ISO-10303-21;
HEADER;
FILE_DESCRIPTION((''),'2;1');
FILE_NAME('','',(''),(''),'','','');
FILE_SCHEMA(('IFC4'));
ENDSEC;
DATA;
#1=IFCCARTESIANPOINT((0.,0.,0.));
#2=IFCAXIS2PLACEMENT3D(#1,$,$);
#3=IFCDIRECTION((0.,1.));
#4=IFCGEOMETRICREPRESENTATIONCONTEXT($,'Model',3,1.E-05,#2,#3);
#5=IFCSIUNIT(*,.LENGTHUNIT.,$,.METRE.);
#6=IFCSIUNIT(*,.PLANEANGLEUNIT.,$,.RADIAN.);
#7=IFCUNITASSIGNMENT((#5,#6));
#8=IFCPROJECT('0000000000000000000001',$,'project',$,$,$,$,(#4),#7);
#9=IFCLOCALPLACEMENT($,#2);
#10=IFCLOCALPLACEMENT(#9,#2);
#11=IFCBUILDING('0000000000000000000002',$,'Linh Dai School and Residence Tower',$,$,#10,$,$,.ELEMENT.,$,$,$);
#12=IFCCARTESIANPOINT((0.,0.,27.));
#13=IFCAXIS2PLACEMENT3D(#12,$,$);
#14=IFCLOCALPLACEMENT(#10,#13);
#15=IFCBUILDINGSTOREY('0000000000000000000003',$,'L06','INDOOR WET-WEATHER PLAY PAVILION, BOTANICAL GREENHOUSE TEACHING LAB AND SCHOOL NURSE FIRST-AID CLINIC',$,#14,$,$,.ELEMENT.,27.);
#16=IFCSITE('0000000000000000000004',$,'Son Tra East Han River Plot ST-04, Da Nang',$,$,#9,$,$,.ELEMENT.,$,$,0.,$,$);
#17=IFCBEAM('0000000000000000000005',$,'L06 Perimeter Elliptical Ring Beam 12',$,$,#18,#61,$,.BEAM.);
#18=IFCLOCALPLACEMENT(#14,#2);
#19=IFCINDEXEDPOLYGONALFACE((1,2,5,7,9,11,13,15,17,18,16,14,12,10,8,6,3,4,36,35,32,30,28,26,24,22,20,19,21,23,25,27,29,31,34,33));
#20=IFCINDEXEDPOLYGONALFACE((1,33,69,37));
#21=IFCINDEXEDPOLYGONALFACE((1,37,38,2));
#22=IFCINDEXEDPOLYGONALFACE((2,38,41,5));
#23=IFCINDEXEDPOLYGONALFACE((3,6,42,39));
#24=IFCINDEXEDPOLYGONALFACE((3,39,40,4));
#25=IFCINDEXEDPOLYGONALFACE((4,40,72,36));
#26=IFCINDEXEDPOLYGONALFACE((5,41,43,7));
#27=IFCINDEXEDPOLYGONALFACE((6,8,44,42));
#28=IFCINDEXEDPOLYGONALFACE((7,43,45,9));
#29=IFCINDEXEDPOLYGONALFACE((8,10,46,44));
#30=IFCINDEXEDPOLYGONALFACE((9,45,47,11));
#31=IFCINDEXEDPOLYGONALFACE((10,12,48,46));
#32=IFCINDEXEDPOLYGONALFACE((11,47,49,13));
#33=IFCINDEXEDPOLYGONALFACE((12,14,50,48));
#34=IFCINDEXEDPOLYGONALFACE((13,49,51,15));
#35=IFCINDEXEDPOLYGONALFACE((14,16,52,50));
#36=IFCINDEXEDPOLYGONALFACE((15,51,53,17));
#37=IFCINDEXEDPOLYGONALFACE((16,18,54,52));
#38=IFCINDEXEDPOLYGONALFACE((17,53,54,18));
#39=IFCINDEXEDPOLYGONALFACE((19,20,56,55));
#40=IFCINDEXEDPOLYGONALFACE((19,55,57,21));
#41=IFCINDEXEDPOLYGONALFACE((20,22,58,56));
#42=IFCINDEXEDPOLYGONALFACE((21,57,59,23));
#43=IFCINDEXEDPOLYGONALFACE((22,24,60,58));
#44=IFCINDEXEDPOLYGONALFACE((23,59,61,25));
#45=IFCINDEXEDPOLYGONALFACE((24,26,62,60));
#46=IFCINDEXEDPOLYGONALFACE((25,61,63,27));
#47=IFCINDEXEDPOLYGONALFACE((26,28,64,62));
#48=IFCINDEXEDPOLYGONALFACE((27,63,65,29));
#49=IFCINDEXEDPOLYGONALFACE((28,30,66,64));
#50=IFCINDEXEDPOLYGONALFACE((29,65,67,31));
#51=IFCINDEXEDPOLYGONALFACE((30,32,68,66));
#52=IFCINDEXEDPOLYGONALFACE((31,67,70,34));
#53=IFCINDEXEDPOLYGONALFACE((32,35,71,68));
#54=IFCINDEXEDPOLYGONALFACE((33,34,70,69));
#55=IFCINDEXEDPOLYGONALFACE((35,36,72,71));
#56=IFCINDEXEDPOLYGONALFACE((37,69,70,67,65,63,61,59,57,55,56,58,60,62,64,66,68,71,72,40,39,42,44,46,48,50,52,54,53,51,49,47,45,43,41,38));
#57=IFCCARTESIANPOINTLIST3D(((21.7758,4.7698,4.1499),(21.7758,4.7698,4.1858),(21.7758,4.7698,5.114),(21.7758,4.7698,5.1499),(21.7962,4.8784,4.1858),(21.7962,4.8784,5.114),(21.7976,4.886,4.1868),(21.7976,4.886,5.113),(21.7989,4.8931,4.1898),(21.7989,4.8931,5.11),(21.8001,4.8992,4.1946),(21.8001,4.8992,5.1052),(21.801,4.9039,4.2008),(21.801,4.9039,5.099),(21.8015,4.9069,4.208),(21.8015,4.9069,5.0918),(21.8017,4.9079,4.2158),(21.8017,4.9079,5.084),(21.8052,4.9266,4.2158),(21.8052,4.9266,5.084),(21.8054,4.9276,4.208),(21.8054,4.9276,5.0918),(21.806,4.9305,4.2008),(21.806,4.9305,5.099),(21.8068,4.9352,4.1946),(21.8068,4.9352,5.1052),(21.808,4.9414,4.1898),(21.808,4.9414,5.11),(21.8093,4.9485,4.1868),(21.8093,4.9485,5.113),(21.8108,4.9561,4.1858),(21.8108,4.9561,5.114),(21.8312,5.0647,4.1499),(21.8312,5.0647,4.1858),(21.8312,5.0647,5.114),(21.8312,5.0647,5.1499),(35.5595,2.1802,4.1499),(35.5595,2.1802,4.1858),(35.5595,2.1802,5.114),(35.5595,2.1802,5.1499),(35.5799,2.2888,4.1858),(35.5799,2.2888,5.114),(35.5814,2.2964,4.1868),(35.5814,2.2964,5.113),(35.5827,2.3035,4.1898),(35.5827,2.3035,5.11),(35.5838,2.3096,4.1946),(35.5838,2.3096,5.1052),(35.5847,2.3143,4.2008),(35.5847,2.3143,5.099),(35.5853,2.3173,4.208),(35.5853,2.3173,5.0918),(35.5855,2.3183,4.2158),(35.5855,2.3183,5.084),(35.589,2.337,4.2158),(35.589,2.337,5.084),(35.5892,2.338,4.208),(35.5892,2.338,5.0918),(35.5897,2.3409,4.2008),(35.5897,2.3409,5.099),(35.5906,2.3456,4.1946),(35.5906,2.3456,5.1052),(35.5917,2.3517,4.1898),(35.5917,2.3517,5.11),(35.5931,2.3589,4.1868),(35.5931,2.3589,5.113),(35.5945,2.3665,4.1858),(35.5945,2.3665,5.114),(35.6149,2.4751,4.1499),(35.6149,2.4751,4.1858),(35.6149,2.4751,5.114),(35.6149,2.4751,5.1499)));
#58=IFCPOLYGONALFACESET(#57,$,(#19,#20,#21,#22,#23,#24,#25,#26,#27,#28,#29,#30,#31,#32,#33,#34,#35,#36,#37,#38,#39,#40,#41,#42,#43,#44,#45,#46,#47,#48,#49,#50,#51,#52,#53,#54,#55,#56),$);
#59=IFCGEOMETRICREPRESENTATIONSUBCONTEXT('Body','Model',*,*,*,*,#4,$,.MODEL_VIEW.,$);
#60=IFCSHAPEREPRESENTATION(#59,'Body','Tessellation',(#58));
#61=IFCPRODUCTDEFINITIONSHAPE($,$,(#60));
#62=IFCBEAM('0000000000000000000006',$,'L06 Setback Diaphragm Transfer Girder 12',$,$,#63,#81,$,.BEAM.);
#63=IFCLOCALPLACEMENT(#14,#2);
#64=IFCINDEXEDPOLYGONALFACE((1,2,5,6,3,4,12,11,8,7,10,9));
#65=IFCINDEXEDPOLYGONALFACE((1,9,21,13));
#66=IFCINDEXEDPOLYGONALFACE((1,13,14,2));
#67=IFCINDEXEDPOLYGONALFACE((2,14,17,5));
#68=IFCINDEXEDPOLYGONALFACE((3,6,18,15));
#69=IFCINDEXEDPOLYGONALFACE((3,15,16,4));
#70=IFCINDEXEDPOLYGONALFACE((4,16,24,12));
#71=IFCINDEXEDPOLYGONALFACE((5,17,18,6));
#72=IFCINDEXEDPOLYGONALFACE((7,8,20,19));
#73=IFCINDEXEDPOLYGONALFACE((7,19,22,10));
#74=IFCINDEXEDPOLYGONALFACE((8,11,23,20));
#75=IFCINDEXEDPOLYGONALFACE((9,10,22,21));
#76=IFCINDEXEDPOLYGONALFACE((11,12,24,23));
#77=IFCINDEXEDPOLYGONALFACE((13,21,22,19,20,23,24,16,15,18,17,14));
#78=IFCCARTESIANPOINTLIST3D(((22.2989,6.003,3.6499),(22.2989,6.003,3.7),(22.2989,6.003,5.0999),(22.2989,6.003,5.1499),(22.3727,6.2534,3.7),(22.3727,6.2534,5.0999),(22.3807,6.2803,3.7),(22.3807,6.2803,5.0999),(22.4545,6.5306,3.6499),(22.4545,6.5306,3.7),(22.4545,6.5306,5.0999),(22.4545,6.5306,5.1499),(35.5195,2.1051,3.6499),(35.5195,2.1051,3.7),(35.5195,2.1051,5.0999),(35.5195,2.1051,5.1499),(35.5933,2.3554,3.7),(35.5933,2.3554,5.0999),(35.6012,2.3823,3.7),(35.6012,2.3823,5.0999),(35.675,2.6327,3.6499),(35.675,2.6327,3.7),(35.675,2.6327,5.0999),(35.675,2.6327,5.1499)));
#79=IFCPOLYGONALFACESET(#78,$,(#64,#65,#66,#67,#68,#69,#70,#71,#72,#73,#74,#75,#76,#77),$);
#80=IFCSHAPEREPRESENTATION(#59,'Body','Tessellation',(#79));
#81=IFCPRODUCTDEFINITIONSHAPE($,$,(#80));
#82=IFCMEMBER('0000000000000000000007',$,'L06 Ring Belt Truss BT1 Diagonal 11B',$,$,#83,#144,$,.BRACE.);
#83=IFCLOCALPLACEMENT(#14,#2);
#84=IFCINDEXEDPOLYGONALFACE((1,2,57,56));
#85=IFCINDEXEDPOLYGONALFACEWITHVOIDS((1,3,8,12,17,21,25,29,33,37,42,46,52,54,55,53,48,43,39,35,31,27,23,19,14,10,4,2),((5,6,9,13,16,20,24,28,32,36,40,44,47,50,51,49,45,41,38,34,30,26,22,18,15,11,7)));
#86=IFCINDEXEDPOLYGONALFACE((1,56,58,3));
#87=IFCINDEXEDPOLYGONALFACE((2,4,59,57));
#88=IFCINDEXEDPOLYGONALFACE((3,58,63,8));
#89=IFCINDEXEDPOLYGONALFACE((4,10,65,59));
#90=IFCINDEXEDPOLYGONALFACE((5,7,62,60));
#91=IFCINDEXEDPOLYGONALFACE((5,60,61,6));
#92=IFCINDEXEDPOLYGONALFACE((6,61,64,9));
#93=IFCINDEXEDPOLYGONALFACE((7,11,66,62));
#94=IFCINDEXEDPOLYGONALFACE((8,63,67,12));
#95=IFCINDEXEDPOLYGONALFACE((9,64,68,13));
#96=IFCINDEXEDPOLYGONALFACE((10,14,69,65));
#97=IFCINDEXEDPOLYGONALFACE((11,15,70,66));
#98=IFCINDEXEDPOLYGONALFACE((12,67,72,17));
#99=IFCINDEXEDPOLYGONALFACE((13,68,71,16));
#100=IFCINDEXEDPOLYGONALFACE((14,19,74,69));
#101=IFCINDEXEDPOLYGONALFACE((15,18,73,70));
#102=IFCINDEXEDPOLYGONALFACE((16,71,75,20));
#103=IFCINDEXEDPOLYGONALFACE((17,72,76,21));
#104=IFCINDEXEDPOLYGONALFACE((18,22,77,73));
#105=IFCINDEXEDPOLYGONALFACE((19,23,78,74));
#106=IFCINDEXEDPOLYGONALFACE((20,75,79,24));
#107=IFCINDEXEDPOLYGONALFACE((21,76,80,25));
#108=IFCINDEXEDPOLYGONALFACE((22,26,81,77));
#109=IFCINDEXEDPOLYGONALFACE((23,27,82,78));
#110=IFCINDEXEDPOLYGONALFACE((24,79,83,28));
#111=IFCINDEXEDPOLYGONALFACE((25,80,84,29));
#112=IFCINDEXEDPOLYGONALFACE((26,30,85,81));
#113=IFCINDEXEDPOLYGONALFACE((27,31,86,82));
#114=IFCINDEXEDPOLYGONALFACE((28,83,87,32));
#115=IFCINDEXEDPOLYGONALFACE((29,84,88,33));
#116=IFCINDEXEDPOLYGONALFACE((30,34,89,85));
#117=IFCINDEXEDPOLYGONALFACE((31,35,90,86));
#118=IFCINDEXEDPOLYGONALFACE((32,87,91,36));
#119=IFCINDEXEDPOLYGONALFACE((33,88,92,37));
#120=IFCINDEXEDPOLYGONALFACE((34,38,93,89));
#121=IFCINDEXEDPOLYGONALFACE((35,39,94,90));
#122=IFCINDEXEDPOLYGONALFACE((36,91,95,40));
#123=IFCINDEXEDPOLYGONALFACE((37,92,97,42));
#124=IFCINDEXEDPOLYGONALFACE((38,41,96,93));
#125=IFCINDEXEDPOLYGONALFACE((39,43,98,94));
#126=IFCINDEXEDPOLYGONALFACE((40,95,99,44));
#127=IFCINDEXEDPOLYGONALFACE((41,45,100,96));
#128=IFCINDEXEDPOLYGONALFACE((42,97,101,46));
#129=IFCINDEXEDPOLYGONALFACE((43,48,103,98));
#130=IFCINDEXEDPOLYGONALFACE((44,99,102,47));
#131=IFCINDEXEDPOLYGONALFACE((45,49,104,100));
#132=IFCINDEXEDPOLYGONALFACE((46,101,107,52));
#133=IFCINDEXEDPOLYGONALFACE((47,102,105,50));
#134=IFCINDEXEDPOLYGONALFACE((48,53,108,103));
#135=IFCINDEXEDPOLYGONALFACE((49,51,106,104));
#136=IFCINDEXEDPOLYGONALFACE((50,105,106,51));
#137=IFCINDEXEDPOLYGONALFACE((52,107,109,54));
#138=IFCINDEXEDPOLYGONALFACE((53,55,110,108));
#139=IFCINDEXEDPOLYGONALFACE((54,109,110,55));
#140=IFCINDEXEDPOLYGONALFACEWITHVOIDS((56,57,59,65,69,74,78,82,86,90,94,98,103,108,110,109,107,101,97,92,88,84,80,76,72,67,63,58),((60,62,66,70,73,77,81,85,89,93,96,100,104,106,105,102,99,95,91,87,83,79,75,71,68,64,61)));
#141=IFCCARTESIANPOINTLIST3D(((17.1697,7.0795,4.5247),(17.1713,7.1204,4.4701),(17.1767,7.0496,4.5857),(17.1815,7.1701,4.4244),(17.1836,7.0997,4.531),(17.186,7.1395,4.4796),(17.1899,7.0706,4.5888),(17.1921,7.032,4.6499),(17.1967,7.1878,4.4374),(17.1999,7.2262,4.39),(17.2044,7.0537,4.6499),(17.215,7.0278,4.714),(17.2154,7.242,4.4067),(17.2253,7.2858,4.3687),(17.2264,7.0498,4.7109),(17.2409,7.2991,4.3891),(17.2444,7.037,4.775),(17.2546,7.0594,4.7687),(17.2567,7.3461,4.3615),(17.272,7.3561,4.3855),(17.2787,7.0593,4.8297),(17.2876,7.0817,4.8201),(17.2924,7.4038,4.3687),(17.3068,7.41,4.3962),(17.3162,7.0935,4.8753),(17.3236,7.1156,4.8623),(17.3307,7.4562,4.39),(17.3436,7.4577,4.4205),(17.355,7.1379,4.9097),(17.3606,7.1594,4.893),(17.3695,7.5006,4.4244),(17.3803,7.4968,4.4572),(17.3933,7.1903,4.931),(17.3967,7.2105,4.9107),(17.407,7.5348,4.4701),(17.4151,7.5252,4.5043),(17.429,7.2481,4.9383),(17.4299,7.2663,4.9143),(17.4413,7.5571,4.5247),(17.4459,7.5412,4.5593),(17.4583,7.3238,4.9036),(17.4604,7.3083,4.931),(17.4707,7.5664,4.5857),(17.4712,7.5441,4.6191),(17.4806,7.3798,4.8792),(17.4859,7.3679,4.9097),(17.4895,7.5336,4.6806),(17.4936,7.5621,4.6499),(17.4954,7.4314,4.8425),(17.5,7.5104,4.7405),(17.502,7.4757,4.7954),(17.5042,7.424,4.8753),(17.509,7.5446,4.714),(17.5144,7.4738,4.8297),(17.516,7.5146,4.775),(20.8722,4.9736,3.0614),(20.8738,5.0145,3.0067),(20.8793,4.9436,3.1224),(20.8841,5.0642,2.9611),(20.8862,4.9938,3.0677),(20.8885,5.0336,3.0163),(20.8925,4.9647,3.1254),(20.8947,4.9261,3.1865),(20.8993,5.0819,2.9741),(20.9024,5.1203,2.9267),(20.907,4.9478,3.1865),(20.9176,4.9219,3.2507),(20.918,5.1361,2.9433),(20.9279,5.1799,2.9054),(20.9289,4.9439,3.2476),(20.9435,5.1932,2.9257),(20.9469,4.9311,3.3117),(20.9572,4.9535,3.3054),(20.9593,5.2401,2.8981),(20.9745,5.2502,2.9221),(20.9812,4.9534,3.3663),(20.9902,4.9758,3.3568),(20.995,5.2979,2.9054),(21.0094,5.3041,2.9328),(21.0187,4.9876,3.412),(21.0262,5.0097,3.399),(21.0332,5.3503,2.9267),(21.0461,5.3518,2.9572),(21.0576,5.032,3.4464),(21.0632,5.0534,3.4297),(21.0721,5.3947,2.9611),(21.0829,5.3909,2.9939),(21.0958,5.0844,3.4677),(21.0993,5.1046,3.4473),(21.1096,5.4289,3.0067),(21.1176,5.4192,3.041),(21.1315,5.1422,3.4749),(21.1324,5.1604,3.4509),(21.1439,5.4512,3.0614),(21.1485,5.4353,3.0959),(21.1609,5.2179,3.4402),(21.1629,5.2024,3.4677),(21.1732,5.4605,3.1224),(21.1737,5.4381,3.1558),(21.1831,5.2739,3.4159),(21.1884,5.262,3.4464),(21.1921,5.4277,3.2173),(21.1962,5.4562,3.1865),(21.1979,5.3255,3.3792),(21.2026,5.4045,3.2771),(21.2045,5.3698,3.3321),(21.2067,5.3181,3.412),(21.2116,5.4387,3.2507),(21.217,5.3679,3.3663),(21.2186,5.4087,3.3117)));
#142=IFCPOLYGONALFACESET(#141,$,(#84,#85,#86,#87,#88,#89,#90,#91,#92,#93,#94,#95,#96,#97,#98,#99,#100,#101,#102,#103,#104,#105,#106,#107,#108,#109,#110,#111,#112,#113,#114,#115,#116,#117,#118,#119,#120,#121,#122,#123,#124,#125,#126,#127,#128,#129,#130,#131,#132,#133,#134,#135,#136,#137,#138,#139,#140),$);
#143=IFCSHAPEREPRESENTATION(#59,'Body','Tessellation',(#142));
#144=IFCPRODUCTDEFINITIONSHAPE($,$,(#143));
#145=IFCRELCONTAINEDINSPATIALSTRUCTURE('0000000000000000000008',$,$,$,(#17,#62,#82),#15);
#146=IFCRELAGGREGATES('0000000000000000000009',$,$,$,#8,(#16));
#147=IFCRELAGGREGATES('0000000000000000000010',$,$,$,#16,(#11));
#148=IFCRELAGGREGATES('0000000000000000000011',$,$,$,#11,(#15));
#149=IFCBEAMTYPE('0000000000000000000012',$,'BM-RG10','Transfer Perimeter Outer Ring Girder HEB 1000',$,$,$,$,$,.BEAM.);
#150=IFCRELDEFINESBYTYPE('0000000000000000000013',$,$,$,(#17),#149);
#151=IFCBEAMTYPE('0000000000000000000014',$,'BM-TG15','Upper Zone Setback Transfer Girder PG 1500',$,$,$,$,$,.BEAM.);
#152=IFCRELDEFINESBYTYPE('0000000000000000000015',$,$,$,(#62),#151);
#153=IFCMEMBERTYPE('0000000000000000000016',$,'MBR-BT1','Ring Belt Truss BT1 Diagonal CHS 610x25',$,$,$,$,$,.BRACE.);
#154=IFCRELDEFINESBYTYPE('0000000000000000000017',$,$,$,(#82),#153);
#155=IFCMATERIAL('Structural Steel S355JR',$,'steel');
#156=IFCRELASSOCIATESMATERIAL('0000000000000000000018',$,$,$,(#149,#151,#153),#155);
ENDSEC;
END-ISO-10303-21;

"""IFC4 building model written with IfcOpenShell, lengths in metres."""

from ifc_helpers import new_model, si_unit, direction, frame, origin, origin_2d, place, context, subcontext, project, spatial, hollow_circle, i_section, extrude, material, material_profile, profile_set, type_object, element, save


model = new_model("IFC4")

# Units and contexts
model_context = context("Model", 3, precision=1e-05, world=origin(), true_north=direction((0.0, 1.0)))
body_context = subcontext(model_context, "Body", "Model", "MODEL_VIEW")
ifc_project = project(units=[si_unit("LENGTHUNIT", "METRE"), si_unit("PLANEANGLEUNIT", "RADIAN")], contexts=[model_context])

# Site, building, storey
site_placement = place(None, origin())
site = spatial("IfcSite", under=ifc_project, at=site_placement, Name="Son Tra East Han River Plot ST-04, Da Nang", CompositionType="ELEMENT", RefElevation=0.0)
building_placement = place(site_placement, origin())
building = spatial("IfcBuilding", under=site, at=building_placement, Name="Linh Dai School and Residence Tower", CompositionType="ELEMENT")
storey_placement = place(building_placement, frame((0.0, 0.0, 27.0)))
storey = spatial("IfcBuildingStorey", under=building, at=storey_placement, Name="L06", Description="INDOOR WET-WEATHER PLAY PAVILION, BOTANICAL GREENHOUSE TEACHING LAB AND SCHOOL NURSE FIRST-AID CLINIC", CompositionType="ELEMENT", Elevation=27.0)

# Shared definitions
ifc_material_1 = material(Name="Structural Steel S355JR", Category="steel")

# Beams
ifc_material_profile_1 = material_profile(ifc_material_1, i_section(OverallWidth=0.3, OverallDepth=1.0, WebThickness=0.019, FlangeThickness=0.0359, FilletRadius=0.03, at=origin_2d()), Name="HEB 1000")
ifc_profile_set_1 = profile_set([ifc_material_profile_1], Name="Structural Steel S355JR")
beam_type_1 = type_object("IfcBeamType", Name="BM-RG10", Description="Transfer Perimeter Outer Ring Girder HEB 1000", PredefinedType="BEAM", material=ifc_profile_set_1)
beam_1_placement = place(storey_placement, frame((21.8035, 4.9172, 4.6499), z_axis=(0.982806, -0.184644, 0.0), x_axis=(0.184644, 0.982806, 0.0)))
element("IfcBeam", 1, at=beam_1_placement, inside=storey, type_object=beam_type_1, Name="L06 Perimeter Elliptical Ring Beam 12", PredefinedType="BEAM", context=body_context, shape_type="SweptSolid", body=[
    extrude(i_section(OverallWidth=0.3, OverallDepth=1.0, WebThickness=0.019, FlangeThickness=0.0359, FilletRadius=0.03, at=origin_2d()), origin(), (0.0, 0.0, 1.0), 14.0249),
])
ifc_material_profile_2 = material_profile(ifc_material_1, i_section(OverallWidth=0.55, OverallDepth=1.5, WebThickness=0.0281, FlangeThickness=0.05, at=origin_2d()), Name="PG 1500x550x28x50")
ifc_profile_set_2 = profile_set([ifc_material_profile_2], Name="Structural Steel S355JR")
beam_type_2 = type_object("IfcBeamType", Name="BM-TG15", Description="Upper Zone Setback Transfer Girder PG 1500", PredefinedType="BEAM", material=ifc_profile_set_2)
beam_2_placement = place(storey_placement, frame((22.3767, 6.2668, 4.3999), z_axis=(0.959177, -0.282806, 0.0), x_axis=(0.282806, 0.959177, 0.0)))
element("IfcBeam", 2, at=beam_2_placement, inside=storey, type_object=beam_type_2, Name="L06 Setback Diaphragm Transfer Girder 12", PredefinedType="BEAM", context=body_context, shape_type="SweptSolid", body=[
    extrude(i_section(OverallWidth=0.55, OverallDepth=1.5, WebThickness=0.0281, FlangeThickness=0.05, at=origin_2d()), origin(), (0.0, 0.0, 1.0), 13.7832),
])

# Member
ifc_material_profile_3 = material_profile(ifc_material_1, hollow_circle(Radius=0.3049, WallThickness=0.0249, at=origin_2d()), Name="CHS 610x25")
ifc_profile_set_3 = profile_set([ifc_material_profile_3], Name="Structural Steel S355JR")
member_type = type_object("IfcMemberType", Name="MBR-BT1", Description="Ring Belt Truss BT1 Diagonal CHS 610x25", PredefinedType="BRACE", material=ifc_profile_set_3)
member_1_placement = place(storey_placement, frame((21.0454, 5.1912, 3.1865), z_axis=(-0.822077, 0.467574, 0.324906), x_axis=(-0.494397, -0.869236, 0.0)))
element("IfcMember", 3, at=member_1_placement, inside=storey, type_object=member_type, Name="L06 Ring Belt Truss BT1 Diagonal 11B", PredefinedType="BRACE", context=body_context, shape_type="SweptSolid", body=[
    extrude(hollow_circle(Radius=0.3049, WallThickness=0.0249, at=origin_2d()), origin(), (0.0, 0.0, 1.0), 4.5039),
])

save(model, "model.ifc")
